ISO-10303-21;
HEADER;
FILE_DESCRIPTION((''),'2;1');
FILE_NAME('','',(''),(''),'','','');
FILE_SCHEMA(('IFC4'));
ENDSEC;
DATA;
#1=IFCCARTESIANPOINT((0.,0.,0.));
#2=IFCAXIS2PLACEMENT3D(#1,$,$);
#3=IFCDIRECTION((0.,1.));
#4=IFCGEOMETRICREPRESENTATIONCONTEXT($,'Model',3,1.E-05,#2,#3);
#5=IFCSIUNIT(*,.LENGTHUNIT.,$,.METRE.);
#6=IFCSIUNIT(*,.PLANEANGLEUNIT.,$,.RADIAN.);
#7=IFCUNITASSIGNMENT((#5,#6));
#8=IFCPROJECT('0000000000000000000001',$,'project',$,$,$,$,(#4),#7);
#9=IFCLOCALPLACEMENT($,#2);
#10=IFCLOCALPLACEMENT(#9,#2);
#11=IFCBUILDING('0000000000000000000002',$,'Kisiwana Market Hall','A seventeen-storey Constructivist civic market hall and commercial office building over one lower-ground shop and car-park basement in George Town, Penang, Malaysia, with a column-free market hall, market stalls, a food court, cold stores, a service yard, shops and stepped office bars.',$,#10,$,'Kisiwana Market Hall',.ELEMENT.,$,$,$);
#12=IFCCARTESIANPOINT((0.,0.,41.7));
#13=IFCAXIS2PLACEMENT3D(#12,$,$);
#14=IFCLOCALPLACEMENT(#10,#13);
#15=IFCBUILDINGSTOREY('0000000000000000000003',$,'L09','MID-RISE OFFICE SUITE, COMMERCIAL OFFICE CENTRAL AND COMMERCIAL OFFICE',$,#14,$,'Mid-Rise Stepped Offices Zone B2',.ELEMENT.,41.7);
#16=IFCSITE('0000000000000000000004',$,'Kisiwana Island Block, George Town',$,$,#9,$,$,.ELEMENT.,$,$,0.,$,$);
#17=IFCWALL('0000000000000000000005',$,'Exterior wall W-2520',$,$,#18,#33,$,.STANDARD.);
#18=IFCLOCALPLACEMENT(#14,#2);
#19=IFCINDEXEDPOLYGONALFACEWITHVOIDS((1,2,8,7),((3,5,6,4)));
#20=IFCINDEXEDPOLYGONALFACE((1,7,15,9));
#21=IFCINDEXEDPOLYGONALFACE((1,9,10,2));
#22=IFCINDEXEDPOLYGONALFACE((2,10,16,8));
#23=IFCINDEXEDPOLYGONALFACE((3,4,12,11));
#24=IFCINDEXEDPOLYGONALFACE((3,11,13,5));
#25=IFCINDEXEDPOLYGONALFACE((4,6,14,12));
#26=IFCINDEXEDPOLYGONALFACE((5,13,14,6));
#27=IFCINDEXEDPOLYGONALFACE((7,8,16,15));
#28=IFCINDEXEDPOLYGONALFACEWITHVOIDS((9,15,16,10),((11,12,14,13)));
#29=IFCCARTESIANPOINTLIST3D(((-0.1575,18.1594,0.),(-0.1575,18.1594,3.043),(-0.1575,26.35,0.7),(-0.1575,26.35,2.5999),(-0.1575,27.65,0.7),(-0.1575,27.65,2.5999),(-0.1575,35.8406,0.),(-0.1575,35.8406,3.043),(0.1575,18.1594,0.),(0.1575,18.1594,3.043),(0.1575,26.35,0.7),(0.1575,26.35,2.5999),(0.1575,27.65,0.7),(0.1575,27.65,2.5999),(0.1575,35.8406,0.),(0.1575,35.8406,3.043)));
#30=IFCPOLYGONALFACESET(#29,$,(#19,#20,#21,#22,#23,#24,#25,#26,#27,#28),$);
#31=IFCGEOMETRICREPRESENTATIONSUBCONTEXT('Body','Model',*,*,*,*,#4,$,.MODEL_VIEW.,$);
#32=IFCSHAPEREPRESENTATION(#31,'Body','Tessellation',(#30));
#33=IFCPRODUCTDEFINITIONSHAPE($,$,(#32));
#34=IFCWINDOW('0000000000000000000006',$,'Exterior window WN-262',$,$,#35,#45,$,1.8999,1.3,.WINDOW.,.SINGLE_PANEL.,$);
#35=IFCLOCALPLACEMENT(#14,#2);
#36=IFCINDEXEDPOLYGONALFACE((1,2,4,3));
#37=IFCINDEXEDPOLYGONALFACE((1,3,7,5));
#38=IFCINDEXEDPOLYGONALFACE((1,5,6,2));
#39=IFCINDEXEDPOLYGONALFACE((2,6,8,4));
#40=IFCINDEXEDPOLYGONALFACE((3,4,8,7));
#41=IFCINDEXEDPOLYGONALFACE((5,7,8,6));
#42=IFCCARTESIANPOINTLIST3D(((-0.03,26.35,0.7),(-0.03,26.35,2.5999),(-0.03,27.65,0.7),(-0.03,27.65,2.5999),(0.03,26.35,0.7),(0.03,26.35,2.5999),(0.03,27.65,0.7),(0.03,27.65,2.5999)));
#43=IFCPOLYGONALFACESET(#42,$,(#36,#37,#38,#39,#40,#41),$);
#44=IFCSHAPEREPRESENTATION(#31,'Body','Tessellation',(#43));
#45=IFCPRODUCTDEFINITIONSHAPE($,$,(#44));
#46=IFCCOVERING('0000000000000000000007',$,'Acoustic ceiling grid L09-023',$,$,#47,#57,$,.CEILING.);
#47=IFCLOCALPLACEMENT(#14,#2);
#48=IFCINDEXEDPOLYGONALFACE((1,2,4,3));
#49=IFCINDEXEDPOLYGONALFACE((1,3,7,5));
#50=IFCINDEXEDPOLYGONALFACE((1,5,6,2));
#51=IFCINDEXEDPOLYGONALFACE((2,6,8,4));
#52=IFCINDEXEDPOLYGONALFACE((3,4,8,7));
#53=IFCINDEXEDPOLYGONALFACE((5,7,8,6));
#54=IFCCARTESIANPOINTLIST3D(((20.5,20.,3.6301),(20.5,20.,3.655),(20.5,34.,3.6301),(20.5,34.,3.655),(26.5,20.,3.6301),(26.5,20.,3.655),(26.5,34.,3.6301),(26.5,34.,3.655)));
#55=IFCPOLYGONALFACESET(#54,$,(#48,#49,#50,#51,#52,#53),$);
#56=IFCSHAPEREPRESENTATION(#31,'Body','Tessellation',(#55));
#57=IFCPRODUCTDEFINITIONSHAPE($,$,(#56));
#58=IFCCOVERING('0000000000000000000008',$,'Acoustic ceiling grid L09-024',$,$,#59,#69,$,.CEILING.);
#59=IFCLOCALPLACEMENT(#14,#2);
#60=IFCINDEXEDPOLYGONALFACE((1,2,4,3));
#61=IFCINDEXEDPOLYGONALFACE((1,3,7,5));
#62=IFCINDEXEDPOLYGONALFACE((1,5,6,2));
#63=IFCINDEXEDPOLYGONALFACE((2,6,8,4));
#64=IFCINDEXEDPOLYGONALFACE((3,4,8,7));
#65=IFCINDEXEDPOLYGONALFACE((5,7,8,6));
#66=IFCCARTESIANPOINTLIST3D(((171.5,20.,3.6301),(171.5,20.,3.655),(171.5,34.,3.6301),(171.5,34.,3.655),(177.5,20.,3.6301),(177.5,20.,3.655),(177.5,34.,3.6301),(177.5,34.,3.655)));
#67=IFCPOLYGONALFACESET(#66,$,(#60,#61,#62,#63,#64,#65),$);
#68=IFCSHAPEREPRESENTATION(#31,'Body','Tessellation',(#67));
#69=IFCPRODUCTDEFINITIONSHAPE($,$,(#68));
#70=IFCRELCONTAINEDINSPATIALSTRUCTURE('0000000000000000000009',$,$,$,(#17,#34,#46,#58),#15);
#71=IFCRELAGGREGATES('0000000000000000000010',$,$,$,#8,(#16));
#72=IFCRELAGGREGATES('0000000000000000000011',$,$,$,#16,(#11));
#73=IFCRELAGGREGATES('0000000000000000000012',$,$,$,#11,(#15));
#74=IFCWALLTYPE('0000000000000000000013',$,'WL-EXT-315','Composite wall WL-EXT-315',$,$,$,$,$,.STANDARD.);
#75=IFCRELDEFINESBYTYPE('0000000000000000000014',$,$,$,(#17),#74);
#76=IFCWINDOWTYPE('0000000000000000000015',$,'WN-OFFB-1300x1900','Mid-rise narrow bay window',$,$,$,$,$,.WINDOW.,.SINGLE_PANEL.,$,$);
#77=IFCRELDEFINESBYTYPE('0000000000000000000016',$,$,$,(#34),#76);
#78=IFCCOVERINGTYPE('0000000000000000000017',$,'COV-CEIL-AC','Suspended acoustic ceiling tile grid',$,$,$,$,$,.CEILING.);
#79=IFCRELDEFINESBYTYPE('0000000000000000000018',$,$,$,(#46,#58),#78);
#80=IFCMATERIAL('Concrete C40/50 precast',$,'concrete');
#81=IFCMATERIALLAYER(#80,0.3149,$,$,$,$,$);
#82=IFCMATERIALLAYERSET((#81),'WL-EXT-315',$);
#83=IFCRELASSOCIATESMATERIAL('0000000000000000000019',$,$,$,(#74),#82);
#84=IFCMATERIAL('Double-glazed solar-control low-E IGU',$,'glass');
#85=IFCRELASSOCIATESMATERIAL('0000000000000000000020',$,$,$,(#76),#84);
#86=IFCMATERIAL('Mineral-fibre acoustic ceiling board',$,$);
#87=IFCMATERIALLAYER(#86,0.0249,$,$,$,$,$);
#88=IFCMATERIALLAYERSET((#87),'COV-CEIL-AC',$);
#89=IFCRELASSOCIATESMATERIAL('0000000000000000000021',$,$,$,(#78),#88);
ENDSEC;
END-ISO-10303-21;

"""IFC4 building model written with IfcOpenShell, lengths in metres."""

from ifc_helpers import new_model, si_unit, direction, frame, frame_2d, origin, place, context, subcontext, project, spatial, polyline, rectangle, outline, extrude, material, layer, layer_set, type_object, element, fill, save


model = new_model("IFC4")

# Units and contexts
model_context = context("Model", 3, precision=1e-05, world=origin(), true_north=direction((0.0, 1.0)))
body_context = subcontext(model_context, "Body", "Model", "MODEL_VIEW")
ifc_project = project(units=[si_unit("LENGTHUNIT", "METRE"), si_unit("PLANEANGLEUNIT", "RADIAN")], contexts=[model_context])

# Site, building, storey
site_placement = place(None, origin())
site = spatial("IfcSite", under=ifc_project, at=site_placement, Name="Kisiwana Island Block, George Town", CompositionType="ELEMENT", RefElevation=0.0)
building_placement = place(site_placement, origin())
building = spatial("IfcBuilding", under=site, at=building_placement, Name="Kisiwana Market Hall", Description="A seventeen-storey Constructivist civic market hall and commercial office building over one lower-ground shop and car-park basement in George Town, Penang, Malaysia, with a column-free market hall, market stalls, a food court, cold stores, a service yard, shops and stepped office bars.", LongName="Kisiwana Market Hall", CompositionType="ELEMENT")
storey_placement = place(building_placement, frame((0.0, 0.0, 41.7)))
storey = spatial("IfcBuildingStorey", under=building, at=storey_placement, Name="L09", Description="MID-RISE OFFICE SUITE, COMMERCIAL OFFICE CENTRAL AND COMMERCIAL OFFICE", LongName="Mid-Rise Stepped Offices Zone B2", CompositionType="ELEMENT", Elevation=41.7)

# Wall, opening, window
ifc_material_1 = material(Name="Concrete C40/50 precast", Category="concrete")
ifc_layer_1 = layer(ifc_material_1, 0.3149)
ifc_layer_set_1 = layer_set([ifc_layer_1], Name="WL-EXT-315")
wall_type = type_object("IfcWallType", Name="WL-EXT-315", Description="Composite wall WL-EXT-315", PredefinedType="STANDARD", material=ifc_layer_set_1)
wall_1_placement = place(storey_placement, frame((0.0, 18.1594, 0.0), z_axis=(0.0, 0.0, 1.0), x_axis=(0.0, 1.0, 0.0)))
wall_1 = element("IfcWall", 1, at=wall_1_placement, inside=storey, type_object=wall_type, Name="Exterior wall W-2520", PredefinedType="STANDARD", context=body_context, shape_type="SweptSolid", body=[
    extrude(rectangle(XDim=17.6812, YDim=0.3149, at=frame_2d((8.8406, 0.0))), origin(), (0.0, 0.0, 1.0), 3.043),
])
opening_1_placement = place(wall_1_placement, frame((8.1907, 0.0, 0.7)))
opening_1 = element("IfcOpeningElement", 2, at=opening_1_placement, cuts=wall_1, PredefinedType="OPENING", context=body_context, shape_type="SweptSolid", body=[
    extrude(rectangle(XDim=1.3, YDim=1.8999, at=frame_2d((0.6499, 0.95))), frame((0.0, 0.1694, 0.0), z_axis=(0.0, -1.0, 0.0), x_axis=(1.0, 0.0, 0.0)), (0.0, 0.0, 1.0), 0.3389),
])
ifc_material_2 = material(Name="Double-glazed solar-control low-E IGU", Category="glass")
window_type_1 = type_object("IfcWindowType", Name="WN-OFFB-1300x1900", Description="Mid-rise narrow bay window", PartitioningType="SINGLE_PANEL", PredefinedType="WINDOW", material=ifc_material_2)
window_1_placement = place(opening_1_placement, origin())
window_1 = element("IfcWindow", 3, at=window_1_placement, inside=storey, type_object=window_type_1, Name="Exterior window WN-262", OverallHeight=1.8999, OverallWidth=1.3, PartitioningType="SINGLE_PANEL", PredefinedType="WINDOW", context=body_context, shape_type="SweptSolid", body=[
    extrude(rectangle(XDim=1.3, YDim=1.8999, at=frame_2d((0.6499, 0.95))), frame((0.0, 0.03, 0.0), z_axis=(0.0, -1.0, 0.0), x_axis=(1.0, 0.0, 0.0)), (0.0, 0.0, 1.0), 0.0601),
])
fill(opening_1, window_1)

# Coverings
ifc_material_3 = material(Name="Mineral-fibre acoustic ceiling board")
ifc_layer_2 = layer(ifc_material_3, 0.0249)
ifc_layer_set_2 = layer_set([ifc_layer_2], Name="COV-CEIL-AC")
covering_type = type_object("IfcCoveringType", Name="COV-CEIL-AC", Description="Suspended acoustic ceiling tile grid", PredefinedType="CEILING", material=ifc_layer_set_2)
covering_1_placement = place(storey_placement, frame((0.0, 0.0, 3.6301)))
element("IfcCovering", 4, at=covering_1_placement, inside=storey, type_object=covering_type, Name="Acoustic ceiling grid L09-023", PredefinedType="CEILING", context=body_context, shape_type="SweptSolid", body=[
    extrude(outline(polyline([(20.5, 20.0), (26.5, 20.0), (26.5, 34.0), (20.5, 34.0), (20.5, 20.0)])), origin(), (0.0, 0.0, 1.0), 0.0249),
])
covering_2_placement = place(storey_placement, frame((0.0, 0.0, 3.6301)))
element("IfcCovering", 5, at=covering_2_placement, inside=storey, type_object=covering_type, Name="Acoustic ceiling grid L09-024", PredefinedType="CEILING", context=body_context, shape_type="SweptSolid", body=[
    extrude(outline(polyline([(171.5, 20.0), (177.5, 20.0), (177.5, 34.0), (171.5, 34.0), (171.5, 20.0)])), origin(), (0.0, 0.0, 1.0), 0.0249),
])

save(model, "model.ifc")
